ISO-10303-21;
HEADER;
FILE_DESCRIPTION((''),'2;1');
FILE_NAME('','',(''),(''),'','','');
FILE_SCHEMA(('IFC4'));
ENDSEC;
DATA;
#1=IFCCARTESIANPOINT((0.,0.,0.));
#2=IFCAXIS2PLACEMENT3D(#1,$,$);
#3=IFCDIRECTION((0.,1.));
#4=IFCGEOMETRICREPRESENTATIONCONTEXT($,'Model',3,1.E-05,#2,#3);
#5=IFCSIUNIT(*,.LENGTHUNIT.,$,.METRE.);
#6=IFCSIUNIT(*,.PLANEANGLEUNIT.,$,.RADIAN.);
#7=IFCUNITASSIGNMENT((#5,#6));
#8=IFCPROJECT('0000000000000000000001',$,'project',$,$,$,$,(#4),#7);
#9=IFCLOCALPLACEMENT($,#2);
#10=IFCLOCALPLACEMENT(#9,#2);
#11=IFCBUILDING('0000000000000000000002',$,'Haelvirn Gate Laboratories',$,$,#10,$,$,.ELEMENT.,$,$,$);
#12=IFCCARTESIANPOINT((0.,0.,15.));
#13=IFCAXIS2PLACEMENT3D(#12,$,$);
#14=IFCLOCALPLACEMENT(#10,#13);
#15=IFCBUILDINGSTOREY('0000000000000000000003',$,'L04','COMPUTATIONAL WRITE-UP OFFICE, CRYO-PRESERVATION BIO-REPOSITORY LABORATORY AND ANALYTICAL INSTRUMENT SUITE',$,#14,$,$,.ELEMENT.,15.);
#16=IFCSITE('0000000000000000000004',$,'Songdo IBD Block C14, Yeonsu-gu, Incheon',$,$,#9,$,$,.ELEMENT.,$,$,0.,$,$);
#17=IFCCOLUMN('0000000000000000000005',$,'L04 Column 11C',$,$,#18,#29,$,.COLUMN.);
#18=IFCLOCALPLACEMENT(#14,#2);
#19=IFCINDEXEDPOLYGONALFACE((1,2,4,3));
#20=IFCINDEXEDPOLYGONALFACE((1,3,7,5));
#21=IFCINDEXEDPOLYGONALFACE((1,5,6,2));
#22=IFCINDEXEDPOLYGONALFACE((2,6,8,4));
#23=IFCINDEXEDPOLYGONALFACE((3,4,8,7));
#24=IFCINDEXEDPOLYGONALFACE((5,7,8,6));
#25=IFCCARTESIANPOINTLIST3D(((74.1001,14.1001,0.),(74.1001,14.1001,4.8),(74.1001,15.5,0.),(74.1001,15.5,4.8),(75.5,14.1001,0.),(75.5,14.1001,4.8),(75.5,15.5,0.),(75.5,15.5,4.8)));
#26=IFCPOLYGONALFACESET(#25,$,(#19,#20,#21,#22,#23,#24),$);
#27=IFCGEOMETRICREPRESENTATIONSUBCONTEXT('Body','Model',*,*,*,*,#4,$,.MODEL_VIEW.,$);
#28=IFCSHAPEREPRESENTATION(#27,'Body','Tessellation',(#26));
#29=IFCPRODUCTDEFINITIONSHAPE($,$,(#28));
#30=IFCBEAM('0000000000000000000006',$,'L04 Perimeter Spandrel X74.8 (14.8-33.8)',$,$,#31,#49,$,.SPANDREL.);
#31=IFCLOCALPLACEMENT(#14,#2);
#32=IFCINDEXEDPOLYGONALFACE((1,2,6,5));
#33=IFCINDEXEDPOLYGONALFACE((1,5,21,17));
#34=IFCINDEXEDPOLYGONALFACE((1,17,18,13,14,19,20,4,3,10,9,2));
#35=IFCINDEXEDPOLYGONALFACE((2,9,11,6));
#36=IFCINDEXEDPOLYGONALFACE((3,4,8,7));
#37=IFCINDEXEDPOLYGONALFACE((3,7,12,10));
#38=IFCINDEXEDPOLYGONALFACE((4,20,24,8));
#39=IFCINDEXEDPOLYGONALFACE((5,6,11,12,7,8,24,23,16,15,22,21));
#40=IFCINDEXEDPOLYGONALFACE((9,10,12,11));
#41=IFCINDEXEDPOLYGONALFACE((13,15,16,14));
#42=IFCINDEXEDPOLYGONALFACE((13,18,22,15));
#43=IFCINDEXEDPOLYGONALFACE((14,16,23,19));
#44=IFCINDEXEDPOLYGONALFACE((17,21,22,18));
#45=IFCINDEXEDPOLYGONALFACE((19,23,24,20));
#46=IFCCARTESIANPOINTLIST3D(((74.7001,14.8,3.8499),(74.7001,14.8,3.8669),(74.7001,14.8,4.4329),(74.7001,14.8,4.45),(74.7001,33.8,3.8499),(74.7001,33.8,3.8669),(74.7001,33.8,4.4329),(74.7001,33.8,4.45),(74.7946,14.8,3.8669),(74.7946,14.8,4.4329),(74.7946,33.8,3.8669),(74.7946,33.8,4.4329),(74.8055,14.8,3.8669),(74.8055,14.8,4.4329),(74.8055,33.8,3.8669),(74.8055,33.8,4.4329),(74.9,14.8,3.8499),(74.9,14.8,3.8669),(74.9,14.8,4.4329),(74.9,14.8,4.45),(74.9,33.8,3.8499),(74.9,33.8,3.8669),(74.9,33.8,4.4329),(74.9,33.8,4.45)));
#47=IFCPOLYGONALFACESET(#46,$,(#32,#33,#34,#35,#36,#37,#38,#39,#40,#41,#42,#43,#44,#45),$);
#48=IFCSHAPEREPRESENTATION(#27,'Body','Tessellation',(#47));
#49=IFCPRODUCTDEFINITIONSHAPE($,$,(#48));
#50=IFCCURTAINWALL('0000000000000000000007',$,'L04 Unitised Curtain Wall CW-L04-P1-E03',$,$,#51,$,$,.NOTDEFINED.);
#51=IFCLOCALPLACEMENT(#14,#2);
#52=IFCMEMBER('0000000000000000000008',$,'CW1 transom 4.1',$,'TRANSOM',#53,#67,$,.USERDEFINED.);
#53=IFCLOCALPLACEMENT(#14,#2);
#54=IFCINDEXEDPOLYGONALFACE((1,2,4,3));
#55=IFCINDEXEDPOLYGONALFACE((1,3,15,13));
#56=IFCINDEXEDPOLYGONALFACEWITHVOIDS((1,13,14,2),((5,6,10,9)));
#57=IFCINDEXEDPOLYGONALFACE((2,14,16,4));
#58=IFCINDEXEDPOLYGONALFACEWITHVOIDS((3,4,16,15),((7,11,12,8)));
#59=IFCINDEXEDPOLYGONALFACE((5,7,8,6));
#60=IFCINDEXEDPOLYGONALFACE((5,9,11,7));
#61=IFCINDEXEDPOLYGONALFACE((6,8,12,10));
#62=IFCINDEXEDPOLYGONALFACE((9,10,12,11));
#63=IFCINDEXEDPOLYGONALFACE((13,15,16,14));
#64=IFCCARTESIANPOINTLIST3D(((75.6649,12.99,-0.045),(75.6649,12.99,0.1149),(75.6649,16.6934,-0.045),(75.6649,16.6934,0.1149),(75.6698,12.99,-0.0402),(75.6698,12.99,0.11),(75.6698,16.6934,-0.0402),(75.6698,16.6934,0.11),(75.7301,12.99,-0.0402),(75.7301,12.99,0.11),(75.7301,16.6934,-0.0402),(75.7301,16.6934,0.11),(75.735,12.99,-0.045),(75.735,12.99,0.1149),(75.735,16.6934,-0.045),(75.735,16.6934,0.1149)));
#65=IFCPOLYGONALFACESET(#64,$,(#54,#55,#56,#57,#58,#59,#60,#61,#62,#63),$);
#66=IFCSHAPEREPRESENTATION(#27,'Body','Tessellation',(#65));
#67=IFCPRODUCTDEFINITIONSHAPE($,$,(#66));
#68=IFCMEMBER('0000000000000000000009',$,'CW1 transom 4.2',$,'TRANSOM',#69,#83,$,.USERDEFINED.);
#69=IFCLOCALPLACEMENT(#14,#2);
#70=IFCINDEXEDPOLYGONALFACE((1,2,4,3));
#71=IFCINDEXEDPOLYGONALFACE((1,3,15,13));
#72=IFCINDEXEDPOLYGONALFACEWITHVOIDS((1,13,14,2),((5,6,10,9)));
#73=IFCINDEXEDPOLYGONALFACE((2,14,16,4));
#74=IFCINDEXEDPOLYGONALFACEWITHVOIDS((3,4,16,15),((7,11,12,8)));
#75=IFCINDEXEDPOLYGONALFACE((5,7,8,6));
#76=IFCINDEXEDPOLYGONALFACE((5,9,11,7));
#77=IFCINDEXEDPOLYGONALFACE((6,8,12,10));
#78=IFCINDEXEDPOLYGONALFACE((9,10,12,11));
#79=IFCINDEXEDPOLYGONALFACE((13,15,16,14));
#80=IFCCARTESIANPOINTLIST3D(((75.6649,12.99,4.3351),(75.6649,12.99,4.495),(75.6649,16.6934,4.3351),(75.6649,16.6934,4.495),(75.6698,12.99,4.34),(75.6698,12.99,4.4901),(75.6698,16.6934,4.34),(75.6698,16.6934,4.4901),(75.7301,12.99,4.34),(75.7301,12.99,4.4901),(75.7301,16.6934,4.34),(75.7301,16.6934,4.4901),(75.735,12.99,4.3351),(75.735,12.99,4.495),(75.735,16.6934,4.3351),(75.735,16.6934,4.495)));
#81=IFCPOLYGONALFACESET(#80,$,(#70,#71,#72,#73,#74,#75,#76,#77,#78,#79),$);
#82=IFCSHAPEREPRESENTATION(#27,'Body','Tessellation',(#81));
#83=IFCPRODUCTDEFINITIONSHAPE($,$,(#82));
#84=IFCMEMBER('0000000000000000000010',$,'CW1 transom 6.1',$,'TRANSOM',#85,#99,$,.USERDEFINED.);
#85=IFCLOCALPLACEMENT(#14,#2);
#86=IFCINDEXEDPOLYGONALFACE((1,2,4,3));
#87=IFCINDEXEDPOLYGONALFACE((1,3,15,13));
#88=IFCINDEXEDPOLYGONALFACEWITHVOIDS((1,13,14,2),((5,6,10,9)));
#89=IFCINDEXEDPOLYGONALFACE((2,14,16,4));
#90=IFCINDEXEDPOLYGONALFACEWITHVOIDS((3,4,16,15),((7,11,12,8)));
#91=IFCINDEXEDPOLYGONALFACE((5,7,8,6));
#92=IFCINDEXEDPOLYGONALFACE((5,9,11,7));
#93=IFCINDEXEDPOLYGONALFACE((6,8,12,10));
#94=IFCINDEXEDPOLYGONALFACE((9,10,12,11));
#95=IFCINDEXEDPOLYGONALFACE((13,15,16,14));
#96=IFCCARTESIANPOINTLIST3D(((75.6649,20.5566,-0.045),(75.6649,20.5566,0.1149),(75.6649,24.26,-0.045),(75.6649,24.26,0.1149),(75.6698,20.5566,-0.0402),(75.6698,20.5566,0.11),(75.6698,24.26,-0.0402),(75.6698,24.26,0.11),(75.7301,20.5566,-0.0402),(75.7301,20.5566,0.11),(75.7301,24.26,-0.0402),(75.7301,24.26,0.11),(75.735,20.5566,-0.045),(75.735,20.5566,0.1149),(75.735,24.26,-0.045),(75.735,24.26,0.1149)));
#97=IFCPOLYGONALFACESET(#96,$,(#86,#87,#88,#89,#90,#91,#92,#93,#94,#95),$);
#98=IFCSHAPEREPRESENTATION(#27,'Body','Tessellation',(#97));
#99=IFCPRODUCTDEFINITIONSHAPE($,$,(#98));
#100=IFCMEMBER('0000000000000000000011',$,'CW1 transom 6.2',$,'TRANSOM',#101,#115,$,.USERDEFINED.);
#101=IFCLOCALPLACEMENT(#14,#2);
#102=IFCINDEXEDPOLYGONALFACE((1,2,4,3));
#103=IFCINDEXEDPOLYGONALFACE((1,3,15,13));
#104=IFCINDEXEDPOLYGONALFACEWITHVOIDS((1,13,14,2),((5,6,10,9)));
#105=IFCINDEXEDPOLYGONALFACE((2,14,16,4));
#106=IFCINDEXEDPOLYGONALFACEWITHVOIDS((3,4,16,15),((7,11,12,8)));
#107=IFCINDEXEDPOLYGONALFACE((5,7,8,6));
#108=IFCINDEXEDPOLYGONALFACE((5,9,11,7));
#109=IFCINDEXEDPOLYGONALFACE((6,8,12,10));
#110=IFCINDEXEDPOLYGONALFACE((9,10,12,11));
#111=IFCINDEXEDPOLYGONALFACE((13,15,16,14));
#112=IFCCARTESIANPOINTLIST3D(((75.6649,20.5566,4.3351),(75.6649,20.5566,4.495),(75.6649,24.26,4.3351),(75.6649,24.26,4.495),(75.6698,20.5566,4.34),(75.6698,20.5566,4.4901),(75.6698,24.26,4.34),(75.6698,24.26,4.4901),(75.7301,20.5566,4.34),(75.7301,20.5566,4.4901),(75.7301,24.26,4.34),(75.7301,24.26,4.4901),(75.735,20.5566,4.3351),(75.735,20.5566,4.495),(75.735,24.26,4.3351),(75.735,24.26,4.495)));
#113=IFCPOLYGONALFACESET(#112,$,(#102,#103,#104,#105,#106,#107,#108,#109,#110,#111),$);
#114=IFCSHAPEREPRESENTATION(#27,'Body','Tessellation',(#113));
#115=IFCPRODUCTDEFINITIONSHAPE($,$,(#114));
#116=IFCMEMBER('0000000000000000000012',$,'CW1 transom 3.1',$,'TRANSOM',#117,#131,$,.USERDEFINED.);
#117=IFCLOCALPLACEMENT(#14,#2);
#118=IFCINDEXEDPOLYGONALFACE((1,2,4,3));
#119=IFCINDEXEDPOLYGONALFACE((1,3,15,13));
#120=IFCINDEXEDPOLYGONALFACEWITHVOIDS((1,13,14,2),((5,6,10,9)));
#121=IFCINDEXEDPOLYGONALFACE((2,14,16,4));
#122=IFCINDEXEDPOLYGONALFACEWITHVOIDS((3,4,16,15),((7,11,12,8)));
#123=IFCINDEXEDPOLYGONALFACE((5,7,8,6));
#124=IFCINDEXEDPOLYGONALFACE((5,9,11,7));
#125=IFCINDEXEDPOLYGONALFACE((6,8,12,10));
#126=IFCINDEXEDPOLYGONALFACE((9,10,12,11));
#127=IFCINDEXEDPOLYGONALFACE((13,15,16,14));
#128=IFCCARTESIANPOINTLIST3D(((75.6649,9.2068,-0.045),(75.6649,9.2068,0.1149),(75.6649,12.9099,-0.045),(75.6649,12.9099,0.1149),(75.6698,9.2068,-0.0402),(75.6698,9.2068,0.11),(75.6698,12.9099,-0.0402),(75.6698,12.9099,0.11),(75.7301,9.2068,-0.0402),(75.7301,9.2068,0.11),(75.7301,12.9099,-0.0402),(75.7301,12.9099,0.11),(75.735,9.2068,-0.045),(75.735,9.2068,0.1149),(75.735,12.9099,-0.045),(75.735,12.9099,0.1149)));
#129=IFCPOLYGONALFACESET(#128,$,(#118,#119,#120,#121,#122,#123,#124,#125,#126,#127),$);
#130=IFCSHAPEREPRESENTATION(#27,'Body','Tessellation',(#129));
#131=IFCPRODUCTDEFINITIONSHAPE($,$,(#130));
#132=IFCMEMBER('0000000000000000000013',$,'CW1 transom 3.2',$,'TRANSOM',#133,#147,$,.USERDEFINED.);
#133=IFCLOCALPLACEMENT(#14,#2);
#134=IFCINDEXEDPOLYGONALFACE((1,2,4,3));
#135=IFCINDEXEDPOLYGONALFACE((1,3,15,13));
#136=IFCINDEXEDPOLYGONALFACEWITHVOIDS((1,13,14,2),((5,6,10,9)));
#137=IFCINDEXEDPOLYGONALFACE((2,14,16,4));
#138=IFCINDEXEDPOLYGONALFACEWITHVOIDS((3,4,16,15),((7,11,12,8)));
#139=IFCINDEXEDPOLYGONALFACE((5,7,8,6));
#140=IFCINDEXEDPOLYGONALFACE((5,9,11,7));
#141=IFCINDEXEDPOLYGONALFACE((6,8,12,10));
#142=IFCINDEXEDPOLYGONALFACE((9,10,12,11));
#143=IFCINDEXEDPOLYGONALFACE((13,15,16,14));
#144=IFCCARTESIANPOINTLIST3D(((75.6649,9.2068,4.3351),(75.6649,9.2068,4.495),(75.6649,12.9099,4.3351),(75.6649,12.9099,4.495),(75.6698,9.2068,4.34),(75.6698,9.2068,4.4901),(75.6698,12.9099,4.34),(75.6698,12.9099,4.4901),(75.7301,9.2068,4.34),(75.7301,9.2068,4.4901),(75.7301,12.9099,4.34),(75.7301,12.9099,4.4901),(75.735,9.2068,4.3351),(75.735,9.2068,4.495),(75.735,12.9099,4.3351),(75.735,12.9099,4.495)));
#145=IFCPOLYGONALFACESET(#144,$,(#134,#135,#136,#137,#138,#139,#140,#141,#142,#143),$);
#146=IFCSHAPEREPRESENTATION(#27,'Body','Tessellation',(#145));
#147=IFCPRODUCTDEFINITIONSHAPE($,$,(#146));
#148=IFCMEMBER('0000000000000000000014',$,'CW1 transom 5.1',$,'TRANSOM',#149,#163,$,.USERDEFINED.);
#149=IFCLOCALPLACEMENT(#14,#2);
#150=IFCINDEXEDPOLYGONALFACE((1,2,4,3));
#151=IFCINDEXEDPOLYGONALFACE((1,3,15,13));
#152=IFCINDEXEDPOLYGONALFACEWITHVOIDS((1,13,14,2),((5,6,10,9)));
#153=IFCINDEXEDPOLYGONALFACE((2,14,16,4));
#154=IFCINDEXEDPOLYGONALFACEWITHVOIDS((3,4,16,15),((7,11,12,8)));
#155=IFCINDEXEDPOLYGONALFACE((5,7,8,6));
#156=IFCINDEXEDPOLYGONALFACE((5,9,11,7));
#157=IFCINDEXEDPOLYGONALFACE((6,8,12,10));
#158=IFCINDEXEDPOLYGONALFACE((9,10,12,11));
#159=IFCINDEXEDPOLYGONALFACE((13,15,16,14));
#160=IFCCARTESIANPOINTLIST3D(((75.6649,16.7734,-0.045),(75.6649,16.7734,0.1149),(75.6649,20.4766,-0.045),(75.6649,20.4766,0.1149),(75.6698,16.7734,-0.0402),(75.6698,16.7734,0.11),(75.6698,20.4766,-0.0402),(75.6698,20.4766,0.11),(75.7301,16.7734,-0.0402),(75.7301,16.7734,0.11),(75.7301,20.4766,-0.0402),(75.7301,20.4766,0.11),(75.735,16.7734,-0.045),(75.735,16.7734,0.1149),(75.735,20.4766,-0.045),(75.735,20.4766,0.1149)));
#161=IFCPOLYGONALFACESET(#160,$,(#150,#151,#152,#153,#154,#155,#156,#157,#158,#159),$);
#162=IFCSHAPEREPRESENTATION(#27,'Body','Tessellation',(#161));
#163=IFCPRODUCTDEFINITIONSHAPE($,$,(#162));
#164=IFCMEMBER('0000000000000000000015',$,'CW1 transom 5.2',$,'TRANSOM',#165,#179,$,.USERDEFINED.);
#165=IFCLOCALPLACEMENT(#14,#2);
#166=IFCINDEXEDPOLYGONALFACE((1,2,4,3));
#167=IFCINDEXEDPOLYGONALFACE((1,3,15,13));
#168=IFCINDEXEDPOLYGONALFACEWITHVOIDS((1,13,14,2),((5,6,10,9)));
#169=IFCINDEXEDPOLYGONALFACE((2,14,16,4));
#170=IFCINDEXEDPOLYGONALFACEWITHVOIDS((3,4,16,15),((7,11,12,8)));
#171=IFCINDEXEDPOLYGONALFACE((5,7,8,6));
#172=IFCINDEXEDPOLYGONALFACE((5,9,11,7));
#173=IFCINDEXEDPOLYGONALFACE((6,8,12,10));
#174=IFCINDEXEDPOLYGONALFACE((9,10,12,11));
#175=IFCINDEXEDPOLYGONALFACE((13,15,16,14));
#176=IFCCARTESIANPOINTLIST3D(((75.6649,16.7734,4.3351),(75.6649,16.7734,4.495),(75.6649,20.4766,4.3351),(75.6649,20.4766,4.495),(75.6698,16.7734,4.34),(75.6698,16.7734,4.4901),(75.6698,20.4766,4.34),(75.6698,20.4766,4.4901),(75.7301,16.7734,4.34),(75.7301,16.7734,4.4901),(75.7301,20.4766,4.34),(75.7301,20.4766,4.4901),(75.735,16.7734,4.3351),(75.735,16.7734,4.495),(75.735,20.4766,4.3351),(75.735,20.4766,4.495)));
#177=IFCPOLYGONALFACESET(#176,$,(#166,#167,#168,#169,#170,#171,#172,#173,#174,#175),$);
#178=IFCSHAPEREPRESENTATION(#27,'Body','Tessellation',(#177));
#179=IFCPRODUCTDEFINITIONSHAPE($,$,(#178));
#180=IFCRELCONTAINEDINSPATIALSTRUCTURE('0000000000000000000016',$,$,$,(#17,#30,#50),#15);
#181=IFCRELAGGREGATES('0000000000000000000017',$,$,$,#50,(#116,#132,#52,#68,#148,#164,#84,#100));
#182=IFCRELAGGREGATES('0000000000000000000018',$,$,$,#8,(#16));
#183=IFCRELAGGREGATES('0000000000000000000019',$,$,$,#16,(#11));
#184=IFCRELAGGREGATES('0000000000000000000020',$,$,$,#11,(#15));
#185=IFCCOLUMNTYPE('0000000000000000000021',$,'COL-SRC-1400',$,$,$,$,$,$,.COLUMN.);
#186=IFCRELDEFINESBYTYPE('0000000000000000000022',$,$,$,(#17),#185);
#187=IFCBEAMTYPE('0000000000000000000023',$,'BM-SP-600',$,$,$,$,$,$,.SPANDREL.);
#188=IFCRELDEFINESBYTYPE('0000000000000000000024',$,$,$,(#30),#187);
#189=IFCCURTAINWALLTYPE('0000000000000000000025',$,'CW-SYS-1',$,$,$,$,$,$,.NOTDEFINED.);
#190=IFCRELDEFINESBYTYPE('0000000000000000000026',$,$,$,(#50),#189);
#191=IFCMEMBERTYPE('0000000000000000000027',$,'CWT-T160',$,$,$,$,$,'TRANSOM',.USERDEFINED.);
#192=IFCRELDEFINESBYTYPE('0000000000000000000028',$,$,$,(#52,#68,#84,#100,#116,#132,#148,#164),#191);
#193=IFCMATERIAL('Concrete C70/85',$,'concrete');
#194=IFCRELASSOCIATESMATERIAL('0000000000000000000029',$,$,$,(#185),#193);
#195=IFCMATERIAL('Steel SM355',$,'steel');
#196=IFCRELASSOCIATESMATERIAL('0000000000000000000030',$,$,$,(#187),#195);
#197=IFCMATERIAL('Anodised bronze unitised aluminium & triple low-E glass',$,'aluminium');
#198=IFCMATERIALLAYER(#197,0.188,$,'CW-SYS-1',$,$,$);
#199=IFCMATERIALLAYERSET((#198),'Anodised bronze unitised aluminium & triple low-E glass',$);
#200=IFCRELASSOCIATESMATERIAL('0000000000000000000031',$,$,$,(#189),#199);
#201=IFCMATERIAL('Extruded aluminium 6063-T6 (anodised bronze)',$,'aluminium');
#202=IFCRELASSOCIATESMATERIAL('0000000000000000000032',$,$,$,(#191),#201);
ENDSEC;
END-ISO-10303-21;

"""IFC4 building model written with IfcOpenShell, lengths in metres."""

from ifc_helpers import new_model, si_unit, direction, frame, origin, origin_2d, place, context, subcontext, project, spatial, rectangle, hollow_rectangle, i_section, extrude, source, transform, mapped, material, layer, layer_set, material_profile, profile_set, type_object, type_shapes, element, aggregate, save


model = new_model("IFC4")

# Units and contexts
model_context = context("Model", 3, precision=1e-05, world=origin(), true_north=direction((0.0, 1.0)))
body_context = subcontext(model_context, "Body", "Model", "MODEL_VIEW")
ifc_project = project(units=[si_unit("LENGTHUNIT", "METRE"), si_unit("PLANEANGLEUNIT", "RADIAN")], contexts=[model_context])

# Site, building, storey
site_placement = place(None, origin())
site = spatial("IfcSite", under=ifc_project, at=site_placement, Name="Songdo IBD Block C14, Yeonsu-gu, Incheon", CompositionType="ELEMENT", RefElevation=0.0)
building_placement = place(site_placement, origin())
building = spatial("IfcBuilding", under=site, at=building_placement, Name="Haelvirn Gate Laboratories", CompositionType="ELEMENT")
storey_placement = place(building_placement, frame((0.0, 0.0, 15.0)))
storey = spatial("IfcBuildingStorey", under=building, at=storey_placement, Name="L04", Description="COMPUTATIONAL WRITE-UP OFFICE, CRYO-PRESERVATION BIO-REPOSITORY LABORATORY AND ANALYTICAL INSTRUMENT SUITE", CompositionType="ELEMENT", Elevation=15.0)

# Column
ifc_material_1 = material(Name="Concrete C70/85", Category="concrete")
ifc_material_profile_1 = material_profile(ifc_material_1, rectangle(XDim=1.3999, YDim=1.3999, at=origin_2d()), Name="SRC-1400x1400")
ifc_profile_set_1 = profile_set([ifc_material_profile_1], Name="Concrete C70/85")
column_type = type_object("IfcColumnType", Name="COL-SRC-1400", PredefinedType="COLUMN", material=ifc_profile_set_1)
shared_shape_1 = source(origin(), body_context, "Body", "SweptSolid", [
    extrude(rectangle(XDim=1.3999, YDim=1.3999, at=origin_2d()), origin(), (0.0, 0.0, 1.0), 4.8),
])
type_shapes(column_type, [shared_shape_1])
column_placement = place(storey_placement, frame((74.8, 14.8, 0.0), z_axis=(0.0, 0.0, 1.0), x_axis=(1.0, 0.0, 0.0)))
element("IfcColumn", 1, at=column_placement, inside=storey, type_object=column_type, Name="L04 Column 11C", PredefinedType="COLUMN", context=body_context, shape_type="MappedRepresentation", body=[
    mapped(shared_shape_1, transform((0.0, 0.0, 0.0), scale=1.0)),
])

# Beam
ifc_material_2 = material(Name="Steel SM355", Category="steel")
ifc_material_profile_2 = material_profile(ifc_material_2, i_section(OverallWidth=0.2, OverallDepth=0.6001, WebThickness=0.011, FlangeThickness=0.0171, at=origin_2d()), Name="H-600x200x11x17")
ifc_profile_set_2 = profile_set([ifc_material_profile_2], Name="Steel SM355")
beam_type = type_object("IfcBeamType", Name="BM-SP-600", PredefinedType="SPANDREL", material=ifc_profile_set_2)
shared_shape_2 = source(origin(), body_context, "Body", "SweptSolid", [
    extrude(i_section(OverallWidth=0.2, OverallDepth=0.6001, WebThickness=0.011, FlangeThickness=0.0171, at=origin_2d()), origin(), (0.0, 0.0, 1.0), 19.0),
])
type_shapes(beam_type, [shared_shape_2])
beam_placement = place(storey_placement, frame((74.8, 14.8, 4.1499), z_axis=(0.0, 1.0, 0.0), x_axis=(-1.0, 0.0, 0.0)))
element("IfcBeam", 2, at=beam_placement, inside=storey, type_object=beam_type, Name="L04 Perimeter Spandrel X74.8 (14.8-33.8)", PredefinedType="SPANDREL", context=body_context, shape_type="MappedRepresentation", body=[
    mapped(shared_shape_2, transform((0.0, 0.0, 0.0), scale=1.0)),
])

# Curtain wall, members
ifc_material_3 = material(Name="Anodised bronze unitised aluminium & triple low-E glass", Category="aluminium")
ifc_layer_1 = layer(ifc_material_3, 0.188, Name="CW-SYS-1")
ifc_layer_set_1 = layer_set([ifc_layer_1], Name="Anodised bronze unitised aluminium & triple low-E glass")
curtain_wall_type = type_object("IfcCurtainWallType", Name="CW-SYS-1", PredefinedType="NOTDEFINED", material=ifc_layer_set_1)
curtain_wall_placement = place(storey_placement, origin())
curtain_wall = element("IfcCurtainWall", 3, at=curtain_wall_placement, inside=storey, type_object=curtain_wall_type, Name="L04 Unitised Curtain Wall CW-L04-P1-E03", PredefinedType="NOTDEFINED")
ifc_material_4 = material(Name="Extruded aluminium 6063-T6 (anodised bronze)", Category="aluminium")
ifc_material_profile_3 = material_profile(ifc_material_4, hollow_rectangle(XDim=0.0701, YDim=0.1599, WallThickness=0.0049, at=origin_2d()), Name="CWT-160x70x5")
ifc_profile_set_3 = profile_set([ifc_material_profile_3], Name="Extruded aluminium 6063-T6 (anodised bronze)")
member_type_1 = type_object("IfcMemberType", Name="CWT-T160", ElementType="TRANSOM", PredefinedType="USERDEFINED", material=ifc_profile_set_3)
shared_shape_3 = source(origin(), body_context, "Body", "SweptSolid", [
    extrude(hollow_rectangle(XDim=0.0701, YDim=0.1599, WallThickness=0.0049, at=origin_2d()), origin(), (0.0, 0.0, 1.0), 3.7034),
])
member_1_placement = place(storey_placement, frame((75.7, 12.99, 0.0349), z_axis=(0.0, 1.0, 0.0), x_axis=(-1.0, 0.0, 0.0)))
member_1 = element("IfcMember", 4, at=member_1_placement, type_object=member_type_1, Name="CW1 transom 4.1", ObjectType="TRANSOM", PredefinedType="USERDEFINED", context=body_context, shape_type="MappedRepresentation", body=[
    mapped(shared_shape_3, transform((0.0, 0.0, 0.0), scale=1.0)),
])
member_2_placement = place(storey_placement, frame((75.7, 12.99, 4.415), z_axis=(0.0, 1.0, 0.0), x_axis=(-1.0, 0.0, 0.0)))
member_2 = element("IfcMember", 5, at=member_2_placement, type_object=member_type_1, Name="CW1 transom 4.2", ObjectType="TRANSOM", PredefinedType="USERDEFINED", context=body_context, shape_type="MappedRepresentation", body=[
    mapped(shared_shape_3, transform((0.0, 0.0, 0.0), scale=1.0)),
])
member_3_placement = place(storey_placement, frame((75.7, 20.5566, 0.0349), z_axis=(0.0, 1.0, 0.0), x_axis=(-1.0, 0.0, 0.0)))
member_3 = element("IfcMember", 6, at=member_3_placement, type_object=member_type_1, Name="CW1 transom 6.1", ObjectType="TRANSOM", PredefinedType="USERDEFINED", context=body_context, shape_type="MappedRepresentation", body=[
    mapped(shared_shape_3, transform((0.0, 0.0, 0.0), scale=1.0)),
])
member_4_placement = place(storey_placement, frame((75.7, 20.5566, 4.415), z_axis=(0.0, 1.0, 0.0), x_axis=(-1.0, 0.0, 0.0)))
member_4 = element("IfcMember", 7, at=member_4_placement, type_object=member_type_1, Name="CW1 transom 6.2", ObjectType="TRANSOM", PredefinedType="USERDEFINED", context=body_context, shape_type="MappedRepresentation", body=[
    mapped(shared_shape_3, transform((0.0, 0.0, 0.0), scale=1.0)),
])
shared_shape_4 = source(origin(), body_context, "Body", "SweptSolid", [
    extrude(hollow_rectangle(XDim=0.0701, YDim=0.1599, WallThickness=0.0049, at=origin_2d()), origin(), (0.0, 0.0, 1.0), 3.7031),
])
type_shapes(member_type_1, [shared_shape_3, shared_shape_4])
member_5_placement = place(storey_placement, frame((75.7, 9.2068, 0.0349), z_axis=(0.0, 1.0, 0.0), x_axis=(-1.0, 0.0, 0.0)))
member_5 = element("IfcMember", 8, at=member_5_placement, type_object=member_type_1, Name="CW1 transom 3.1", ObjectType="TRANSOM", PredefinedType="USERDEFINED", context=body_context, shape_type="MappedRepresentation", body=[
    mapped(shared_shape_4, transform((0.0, 0.0, 0.0), scale=1.0)),
])
member_6_placement = place(storey_placement, frame((75.7, 9.2068, 4.415), z_axis=(0.0, 1.0, 0.0), x_axis=(-1.0, 0.0, 0.0)))
member_6 = element("IfcMember", 9, at=member_6_placement, type_object=member_type_1, Name="CW1 transom 3.2", ObjectType="TRANSOM", PredefinedType="USERDEFINED", context=body_context, shape_type="MappedRepresentation", body=[
    mapped(shared_shape_4, transform((0.0, 0.0, 0.0), scale=1.0)),
])
member_7_placement = place(storey_placement, frame((75.7, 16.7734, 0.0349), z_axis=(0.0, 1.0, 0.0), x_axis=(-1.0, 0.0, 0.0)))
member_7 = element("IfcMember", 10, at=member_7_placement, type_object=member_type_1, Name="CW1 transom 5.1", ObjectType="TRANSOM", PredefinedType="USERDEFINED", context=body_context, shape_type="MappedRepresentation", body=[
    mapped(shared_shape_4, transform((0.0, 0.0, 0.0), scale=1.0)),
])
member_8_placement = place(storey_placement, frame((75.7, 16.7734, 4.415), z_axis=(0.0, 1.0, 0.0), x_axis=(-1.0, 0.0, 0.0)))
member_8 = element("IfcMember", 11, at=member_8_placement, type_object=member_type_1, Name="CW1 transom 5.2", ObjectType="TRANSOM", PredefinedType="USERDEFINED", context=body_context, shape_type="MappedRepresentation", body=[
    mapped(shared_shape_4, transform((0.0, 0.0, 0.0), scale=1.0)),
])
aggregate(curtain_wall, [member_5, member_6, member_1, member_2, member_7, member_8, member_3, member_4])

save(model, "model.ifc")
